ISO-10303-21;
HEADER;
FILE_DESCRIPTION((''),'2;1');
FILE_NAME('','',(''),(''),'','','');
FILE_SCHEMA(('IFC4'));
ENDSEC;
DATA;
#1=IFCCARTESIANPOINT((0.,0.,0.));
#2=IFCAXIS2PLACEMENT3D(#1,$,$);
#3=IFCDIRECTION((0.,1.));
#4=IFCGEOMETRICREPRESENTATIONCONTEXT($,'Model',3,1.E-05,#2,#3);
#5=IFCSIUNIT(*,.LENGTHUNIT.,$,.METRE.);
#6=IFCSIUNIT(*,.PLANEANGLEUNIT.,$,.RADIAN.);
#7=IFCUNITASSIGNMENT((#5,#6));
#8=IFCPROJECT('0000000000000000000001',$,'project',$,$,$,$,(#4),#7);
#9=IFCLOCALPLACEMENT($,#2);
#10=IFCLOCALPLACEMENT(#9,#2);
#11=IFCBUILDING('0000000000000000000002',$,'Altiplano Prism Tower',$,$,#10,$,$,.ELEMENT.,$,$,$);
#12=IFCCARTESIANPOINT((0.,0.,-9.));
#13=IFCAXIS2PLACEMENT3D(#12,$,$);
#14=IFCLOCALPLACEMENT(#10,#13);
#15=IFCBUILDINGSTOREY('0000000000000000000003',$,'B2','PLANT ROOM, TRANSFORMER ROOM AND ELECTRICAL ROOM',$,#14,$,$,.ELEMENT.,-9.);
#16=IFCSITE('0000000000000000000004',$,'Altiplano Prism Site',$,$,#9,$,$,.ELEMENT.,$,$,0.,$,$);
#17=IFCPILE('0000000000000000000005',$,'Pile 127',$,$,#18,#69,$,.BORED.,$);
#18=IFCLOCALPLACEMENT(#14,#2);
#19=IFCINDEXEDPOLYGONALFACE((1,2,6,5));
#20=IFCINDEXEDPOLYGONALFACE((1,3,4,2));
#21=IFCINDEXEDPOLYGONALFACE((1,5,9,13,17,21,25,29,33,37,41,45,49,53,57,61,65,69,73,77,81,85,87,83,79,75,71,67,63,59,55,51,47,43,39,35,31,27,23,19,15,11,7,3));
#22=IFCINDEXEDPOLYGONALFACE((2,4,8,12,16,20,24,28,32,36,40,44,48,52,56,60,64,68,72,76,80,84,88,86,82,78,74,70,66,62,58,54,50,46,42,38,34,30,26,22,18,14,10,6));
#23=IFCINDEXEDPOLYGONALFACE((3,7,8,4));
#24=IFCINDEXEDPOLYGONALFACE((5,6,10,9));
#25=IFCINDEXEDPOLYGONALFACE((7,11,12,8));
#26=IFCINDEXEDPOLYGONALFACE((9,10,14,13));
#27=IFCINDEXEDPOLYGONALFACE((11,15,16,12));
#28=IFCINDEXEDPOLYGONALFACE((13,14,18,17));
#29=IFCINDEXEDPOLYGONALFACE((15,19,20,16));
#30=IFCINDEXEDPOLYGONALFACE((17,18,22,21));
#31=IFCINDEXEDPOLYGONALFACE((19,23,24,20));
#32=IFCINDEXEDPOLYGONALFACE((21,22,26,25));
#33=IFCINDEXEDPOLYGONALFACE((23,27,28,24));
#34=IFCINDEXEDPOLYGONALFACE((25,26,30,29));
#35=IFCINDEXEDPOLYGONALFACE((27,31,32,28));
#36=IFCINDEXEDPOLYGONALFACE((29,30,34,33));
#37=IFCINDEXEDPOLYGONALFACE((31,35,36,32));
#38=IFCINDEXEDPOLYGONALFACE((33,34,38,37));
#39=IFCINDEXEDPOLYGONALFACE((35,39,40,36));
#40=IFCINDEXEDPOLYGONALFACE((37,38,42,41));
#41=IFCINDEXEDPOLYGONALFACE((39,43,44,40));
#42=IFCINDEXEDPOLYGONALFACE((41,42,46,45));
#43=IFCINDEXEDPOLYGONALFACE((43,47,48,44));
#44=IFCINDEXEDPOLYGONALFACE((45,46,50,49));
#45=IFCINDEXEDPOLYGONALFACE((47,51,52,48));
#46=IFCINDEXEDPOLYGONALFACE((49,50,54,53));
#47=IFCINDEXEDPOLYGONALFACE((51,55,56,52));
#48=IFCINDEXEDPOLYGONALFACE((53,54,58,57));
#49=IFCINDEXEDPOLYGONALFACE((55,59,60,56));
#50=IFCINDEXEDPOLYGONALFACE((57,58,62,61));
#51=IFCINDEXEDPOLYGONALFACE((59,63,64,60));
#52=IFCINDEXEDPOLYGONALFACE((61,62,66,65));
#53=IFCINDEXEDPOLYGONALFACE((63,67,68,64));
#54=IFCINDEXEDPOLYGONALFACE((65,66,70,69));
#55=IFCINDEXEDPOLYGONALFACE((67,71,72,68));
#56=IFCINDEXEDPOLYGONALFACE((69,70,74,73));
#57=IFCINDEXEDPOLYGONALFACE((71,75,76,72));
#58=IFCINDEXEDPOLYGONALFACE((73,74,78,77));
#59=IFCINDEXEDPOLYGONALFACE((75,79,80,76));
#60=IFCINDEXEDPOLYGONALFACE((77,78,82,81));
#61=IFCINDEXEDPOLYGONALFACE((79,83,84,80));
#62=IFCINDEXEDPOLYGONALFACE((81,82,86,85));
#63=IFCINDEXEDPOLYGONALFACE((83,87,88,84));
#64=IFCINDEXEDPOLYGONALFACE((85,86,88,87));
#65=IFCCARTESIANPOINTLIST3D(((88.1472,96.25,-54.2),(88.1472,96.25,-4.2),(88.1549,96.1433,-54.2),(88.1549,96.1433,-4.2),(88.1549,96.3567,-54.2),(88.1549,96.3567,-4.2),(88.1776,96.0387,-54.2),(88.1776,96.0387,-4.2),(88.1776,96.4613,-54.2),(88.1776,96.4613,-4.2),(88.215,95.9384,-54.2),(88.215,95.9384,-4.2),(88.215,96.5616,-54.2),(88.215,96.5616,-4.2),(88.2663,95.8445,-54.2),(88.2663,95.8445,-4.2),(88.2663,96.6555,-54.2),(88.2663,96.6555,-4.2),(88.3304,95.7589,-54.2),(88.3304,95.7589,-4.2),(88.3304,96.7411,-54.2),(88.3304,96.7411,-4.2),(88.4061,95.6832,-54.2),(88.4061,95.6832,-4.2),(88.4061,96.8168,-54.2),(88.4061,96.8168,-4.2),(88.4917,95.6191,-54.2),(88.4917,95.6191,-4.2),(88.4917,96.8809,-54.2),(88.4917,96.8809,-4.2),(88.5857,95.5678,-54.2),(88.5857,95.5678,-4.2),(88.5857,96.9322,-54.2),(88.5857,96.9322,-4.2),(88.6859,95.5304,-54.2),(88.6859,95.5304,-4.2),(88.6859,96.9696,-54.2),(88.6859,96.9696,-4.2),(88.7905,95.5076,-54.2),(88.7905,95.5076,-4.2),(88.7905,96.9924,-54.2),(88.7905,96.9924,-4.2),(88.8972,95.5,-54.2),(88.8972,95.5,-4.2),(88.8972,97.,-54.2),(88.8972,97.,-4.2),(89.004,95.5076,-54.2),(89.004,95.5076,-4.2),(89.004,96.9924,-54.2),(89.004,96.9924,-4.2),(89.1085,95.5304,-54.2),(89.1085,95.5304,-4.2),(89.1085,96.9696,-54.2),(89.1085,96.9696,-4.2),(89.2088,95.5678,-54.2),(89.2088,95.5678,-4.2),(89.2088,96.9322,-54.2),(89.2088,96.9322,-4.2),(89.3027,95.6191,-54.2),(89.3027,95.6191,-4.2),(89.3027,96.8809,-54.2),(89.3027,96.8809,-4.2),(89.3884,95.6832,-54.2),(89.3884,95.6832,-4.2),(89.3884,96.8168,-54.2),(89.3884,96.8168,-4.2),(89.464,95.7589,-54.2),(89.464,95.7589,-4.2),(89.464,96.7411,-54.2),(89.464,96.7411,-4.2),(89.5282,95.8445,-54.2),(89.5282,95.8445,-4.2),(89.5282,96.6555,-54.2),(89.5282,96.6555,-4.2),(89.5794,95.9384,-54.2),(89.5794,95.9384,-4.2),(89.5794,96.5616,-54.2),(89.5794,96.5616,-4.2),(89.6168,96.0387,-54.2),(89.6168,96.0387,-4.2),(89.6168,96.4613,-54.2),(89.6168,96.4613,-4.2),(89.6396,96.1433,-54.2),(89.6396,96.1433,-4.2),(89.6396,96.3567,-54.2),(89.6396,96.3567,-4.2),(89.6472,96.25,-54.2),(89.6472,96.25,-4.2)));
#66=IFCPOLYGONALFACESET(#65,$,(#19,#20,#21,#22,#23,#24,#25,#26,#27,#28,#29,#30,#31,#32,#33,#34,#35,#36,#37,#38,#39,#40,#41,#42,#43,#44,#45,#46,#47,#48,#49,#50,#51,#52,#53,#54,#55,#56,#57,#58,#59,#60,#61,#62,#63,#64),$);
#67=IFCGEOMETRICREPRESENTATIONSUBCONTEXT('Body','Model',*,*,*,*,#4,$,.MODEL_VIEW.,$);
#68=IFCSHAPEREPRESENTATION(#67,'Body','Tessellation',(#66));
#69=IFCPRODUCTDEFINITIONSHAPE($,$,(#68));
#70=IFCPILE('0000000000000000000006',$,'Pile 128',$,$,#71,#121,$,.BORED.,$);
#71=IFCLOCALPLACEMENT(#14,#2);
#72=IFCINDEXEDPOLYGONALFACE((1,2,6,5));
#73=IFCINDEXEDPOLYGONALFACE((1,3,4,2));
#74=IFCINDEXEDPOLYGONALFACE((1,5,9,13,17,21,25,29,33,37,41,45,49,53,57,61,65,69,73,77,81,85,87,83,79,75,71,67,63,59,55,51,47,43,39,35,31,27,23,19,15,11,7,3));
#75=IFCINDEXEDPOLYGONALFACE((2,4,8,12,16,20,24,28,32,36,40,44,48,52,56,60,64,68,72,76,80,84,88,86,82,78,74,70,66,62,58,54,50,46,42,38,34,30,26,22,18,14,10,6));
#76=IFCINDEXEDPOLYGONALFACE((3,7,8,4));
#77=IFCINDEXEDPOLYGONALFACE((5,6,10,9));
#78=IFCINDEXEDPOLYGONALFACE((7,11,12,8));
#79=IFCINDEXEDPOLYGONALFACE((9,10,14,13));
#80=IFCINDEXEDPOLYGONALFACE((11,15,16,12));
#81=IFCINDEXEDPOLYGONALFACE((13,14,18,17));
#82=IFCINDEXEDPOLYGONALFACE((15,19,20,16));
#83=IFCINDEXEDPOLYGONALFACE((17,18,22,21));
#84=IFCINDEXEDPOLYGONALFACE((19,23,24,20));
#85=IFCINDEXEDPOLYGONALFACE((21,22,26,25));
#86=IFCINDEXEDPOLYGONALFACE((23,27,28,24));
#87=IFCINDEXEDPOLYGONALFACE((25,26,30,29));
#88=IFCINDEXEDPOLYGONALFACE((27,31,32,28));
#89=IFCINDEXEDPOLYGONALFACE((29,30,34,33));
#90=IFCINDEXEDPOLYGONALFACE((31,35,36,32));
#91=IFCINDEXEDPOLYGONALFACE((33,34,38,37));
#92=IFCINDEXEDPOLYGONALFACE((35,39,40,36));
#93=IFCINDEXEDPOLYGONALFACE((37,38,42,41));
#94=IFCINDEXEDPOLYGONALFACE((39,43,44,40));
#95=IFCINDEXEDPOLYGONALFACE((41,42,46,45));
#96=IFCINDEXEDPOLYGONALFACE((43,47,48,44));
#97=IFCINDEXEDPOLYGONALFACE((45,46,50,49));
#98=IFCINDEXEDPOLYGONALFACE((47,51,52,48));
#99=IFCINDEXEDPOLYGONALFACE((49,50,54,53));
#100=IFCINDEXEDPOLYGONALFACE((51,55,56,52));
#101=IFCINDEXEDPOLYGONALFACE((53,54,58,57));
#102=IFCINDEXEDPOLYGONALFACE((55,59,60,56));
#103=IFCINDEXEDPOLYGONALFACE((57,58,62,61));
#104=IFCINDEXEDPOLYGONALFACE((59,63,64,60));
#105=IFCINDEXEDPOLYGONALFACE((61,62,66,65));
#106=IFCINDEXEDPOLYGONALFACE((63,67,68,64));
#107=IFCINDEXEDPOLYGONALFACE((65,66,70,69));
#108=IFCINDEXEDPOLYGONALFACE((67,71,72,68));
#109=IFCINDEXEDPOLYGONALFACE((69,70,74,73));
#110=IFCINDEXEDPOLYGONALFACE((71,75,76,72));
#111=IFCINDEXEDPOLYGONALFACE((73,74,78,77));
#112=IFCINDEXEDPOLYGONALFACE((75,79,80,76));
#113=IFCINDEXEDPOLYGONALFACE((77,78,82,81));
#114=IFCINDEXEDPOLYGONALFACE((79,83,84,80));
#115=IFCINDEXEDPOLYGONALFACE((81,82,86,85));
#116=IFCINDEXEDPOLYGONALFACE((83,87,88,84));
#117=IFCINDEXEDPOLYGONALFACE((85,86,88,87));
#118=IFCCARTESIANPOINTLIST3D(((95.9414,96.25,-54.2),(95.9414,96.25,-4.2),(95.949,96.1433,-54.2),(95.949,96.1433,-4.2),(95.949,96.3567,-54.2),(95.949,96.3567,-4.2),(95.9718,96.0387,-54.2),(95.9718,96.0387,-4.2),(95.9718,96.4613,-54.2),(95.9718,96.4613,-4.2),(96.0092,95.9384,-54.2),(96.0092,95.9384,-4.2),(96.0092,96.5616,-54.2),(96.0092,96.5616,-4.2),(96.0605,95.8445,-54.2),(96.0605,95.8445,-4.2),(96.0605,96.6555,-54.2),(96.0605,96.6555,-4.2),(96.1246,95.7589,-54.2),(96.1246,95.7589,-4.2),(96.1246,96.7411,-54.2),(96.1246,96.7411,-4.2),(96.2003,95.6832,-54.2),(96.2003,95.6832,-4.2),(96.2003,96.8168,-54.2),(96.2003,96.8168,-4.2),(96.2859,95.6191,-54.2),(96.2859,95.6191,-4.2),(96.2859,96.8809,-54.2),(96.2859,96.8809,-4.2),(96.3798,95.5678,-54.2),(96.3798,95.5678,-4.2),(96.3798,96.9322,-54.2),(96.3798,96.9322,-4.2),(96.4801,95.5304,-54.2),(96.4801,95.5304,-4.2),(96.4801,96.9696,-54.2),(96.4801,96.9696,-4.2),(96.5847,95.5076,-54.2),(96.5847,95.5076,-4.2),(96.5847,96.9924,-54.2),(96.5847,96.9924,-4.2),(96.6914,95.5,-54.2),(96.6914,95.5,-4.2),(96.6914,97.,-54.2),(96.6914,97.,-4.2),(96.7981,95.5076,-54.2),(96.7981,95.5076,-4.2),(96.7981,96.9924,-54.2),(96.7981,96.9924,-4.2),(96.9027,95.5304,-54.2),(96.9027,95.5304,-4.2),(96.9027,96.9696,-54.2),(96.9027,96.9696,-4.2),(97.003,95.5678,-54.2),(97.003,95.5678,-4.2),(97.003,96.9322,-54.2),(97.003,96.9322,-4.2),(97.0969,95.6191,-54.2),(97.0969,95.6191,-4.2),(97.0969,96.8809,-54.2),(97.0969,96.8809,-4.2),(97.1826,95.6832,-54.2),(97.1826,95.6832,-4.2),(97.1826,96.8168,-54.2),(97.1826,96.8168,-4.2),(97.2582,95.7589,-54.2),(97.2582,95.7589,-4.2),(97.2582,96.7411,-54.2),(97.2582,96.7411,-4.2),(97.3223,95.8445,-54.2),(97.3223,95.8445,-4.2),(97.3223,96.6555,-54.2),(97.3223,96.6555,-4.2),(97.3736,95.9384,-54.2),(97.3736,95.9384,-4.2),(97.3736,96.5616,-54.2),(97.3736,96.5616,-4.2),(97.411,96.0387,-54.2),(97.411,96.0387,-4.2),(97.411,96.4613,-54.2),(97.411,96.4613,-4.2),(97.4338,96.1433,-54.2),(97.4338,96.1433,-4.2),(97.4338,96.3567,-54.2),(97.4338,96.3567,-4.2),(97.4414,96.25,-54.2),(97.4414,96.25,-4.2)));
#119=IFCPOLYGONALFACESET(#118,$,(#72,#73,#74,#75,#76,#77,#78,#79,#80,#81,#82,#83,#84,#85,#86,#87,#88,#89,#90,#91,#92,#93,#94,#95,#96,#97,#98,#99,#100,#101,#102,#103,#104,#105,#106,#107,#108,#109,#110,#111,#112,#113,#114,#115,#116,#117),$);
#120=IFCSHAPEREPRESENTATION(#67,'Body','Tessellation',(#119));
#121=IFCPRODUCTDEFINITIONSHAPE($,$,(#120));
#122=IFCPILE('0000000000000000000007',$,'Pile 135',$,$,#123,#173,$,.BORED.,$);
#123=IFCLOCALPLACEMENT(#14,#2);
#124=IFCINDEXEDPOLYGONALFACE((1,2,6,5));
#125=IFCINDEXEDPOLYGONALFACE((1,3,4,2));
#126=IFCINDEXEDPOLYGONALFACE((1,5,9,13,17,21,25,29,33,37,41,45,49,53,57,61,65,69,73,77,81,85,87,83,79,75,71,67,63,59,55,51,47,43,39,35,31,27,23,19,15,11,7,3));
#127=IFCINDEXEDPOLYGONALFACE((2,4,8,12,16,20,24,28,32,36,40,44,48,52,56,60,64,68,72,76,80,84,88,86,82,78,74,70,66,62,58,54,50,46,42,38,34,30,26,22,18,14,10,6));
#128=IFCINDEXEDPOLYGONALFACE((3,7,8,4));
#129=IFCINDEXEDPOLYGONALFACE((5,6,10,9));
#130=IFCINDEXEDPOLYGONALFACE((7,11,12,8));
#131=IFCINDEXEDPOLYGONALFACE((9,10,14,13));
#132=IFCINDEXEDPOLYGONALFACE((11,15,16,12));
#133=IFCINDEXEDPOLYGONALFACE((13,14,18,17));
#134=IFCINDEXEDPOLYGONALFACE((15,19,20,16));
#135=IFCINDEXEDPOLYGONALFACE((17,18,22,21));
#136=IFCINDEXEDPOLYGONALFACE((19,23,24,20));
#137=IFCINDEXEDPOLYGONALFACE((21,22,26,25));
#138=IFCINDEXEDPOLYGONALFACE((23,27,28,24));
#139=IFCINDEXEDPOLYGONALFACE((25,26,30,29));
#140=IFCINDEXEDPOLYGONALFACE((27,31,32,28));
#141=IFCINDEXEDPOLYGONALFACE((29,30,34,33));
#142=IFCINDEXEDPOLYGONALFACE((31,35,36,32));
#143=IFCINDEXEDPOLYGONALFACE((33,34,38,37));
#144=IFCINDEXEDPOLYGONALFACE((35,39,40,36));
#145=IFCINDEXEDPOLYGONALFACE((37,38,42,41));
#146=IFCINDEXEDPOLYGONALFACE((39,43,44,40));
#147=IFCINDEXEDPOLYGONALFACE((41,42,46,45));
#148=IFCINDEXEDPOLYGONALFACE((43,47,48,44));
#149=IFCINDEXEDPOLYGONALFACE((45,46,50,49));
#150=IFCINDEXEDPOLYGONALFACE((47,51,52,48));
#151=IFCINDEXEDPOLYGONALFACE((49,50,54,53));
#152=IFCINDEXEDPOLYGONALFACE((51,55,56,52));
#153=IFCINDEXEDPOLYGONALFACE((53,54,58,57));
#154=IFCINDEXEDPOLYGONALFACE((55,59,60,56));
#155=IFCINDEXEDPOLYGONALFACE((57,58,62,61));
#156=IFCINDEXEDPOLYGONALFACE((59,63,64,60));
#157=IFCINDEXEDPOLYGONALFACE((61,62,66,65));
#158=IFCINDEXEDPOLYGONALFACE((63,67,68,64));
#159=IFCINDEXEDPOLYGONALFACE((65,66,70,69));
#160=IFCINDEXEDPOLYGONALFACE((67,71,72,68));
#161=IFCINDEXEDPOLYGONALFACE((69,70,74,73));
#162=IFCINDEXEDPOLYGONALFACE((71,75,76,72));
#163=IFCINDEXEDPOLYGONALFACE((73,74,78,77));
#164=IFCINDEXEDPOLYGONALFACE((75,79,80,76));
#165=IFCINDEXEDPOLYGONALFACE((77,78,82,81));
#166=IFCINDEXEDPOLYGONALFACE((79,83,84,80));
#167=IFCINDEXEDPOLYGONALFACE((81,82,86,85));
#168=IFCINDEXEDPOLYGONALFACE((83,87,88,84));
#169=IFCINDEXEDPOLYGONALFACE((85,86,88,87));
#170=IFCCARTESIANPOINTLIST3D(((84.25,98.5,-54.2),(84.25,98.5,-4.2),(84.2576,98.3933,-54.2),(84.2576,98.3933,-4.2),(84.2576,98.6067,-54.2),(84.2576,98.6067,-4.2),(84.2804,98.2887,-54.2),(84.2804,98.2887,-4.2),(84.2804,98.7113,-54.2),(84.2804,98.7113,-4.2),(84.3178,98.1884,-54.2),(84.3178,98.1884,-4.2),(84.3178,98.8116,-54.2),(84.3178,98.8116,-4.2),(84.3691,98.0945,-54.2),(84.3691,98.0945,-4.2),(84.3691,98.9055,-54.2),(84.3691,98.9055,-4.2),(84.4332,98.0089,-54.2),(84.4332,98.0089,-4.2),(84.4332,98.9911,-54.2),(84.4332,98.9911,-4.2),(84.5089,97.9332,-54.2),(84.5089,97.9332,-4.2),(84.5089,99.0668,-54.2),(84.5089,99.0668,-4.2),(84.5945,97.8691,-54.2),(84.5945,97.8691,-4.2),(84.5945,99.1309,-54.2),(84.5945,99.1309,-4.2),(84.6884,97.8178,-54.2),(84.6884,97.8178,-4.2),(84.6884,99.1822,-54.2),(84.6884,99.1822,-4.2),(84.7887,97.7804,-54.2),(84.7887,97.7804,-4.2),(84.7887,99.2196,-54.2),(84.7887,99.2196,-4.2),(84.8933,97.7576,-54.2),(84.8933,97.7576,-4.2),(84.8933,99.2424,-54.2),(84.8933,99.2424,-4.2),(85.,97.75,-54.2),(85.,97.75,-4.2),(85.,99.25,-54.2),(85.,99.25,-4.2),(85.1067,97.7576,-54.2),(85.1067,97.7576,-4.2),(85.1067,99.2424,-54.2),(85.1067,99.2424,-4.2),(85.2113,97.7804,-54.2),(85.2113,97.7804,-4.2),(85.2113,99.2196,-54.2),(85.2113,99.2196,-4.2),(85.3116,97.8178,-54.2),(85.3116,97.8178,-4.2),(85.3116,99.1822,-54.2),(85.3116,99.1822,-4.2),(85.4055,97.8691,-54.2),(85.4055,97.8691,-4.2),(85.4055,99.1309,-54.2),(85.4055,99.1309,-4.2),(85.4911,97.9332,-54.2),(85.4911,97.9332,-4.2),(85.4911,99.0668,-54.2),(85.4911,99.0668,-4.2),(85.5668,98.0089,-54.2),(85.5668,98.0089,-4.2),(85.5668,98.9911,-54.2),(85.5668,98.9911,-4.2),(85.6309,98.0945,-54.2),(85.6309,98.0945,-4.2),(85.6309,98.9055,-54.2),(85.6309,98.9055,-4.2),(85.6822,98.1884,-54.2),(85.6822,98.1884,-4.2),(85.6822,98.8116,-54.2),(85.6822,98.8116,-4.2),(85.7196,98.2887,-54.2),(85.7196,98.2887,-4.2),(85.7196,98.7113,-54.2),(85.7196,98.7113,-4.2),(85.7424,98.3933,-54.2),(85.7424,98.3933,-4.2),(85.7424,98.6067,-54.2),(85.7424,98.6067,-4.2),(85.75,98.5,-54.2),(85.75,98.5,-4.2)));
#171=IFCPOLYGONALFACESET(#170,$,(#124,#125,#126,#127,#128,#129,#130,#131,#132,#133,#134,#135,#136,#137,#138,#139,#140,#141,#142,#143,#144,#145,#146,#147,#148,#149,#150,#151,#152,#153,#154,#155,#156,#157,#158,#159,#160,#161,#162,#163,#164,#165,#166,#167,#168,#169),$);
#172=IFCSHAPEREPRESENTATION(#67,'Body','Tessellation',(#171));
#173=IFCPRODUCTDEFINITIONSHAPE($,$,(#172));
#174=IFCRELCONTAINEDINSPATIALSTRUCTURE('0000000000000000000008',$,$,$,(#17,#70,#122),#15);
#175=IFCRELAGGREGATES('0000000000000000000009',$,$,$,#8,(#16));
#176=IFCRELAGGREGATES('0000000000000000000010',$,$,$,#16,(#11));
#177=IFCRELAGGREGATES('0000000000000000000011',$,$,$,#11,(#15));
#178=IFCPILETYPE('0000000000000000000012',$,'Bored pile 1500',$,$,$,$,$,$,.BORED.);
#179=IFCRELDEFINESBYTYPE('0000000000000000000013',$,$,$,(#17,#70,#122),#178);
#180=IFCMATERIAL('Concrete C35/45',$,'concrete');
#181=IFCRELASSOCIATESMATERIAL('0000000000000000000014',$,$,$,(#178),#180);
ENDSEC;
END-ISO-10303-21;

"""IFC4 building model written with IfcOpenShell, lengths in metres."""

from ifc_helpers import new_model, si_unit, direction, frame, origin, origin_2d, place, context, subcontext, project, spatial, circle, extrude, material, material_profile, profile_set, type_object, element, save


model = new_model("IFC4")

# Units and contexts
model_context = context("Model", 3, precision=1e-05, world=origin(), true_north=direction((0.0, 1.0)))
body_context = subcontext(model_context, "Body", "Model", "MODEL_VIEW")
ifc_project = project(units=[si_unit("LENGTHUNIT", "METRE"), si_unit("PLANEANGLEUNIT", "RADIAN")], contexts=[model_context])

# Site, building, storey
site_placement = place(None, origin())
site = spatial("IfcSite", under=ifc_project, at=site_placement, Name="Altiplano Prism Site", CompositionType="ELEMENT", RefElevation=0.0)
building_placement = place(site_placement, origin())
building = spatial("IfcBuilding", under=site, at=building_placement, Name="Altiplano Prism Tower", CompositionType="ELEMENT")
storey_placement = place(building_placement, frame((0.0, 0.0, -9.0)))
storey = spatial("IfcBuildingStorey", under=building, at=storey_placement, Name="B2", Description="PLANT ROOM, TRANSFORMER ROOM AND ELECTRICAL ROOM", CompositionType="ELEMENT", Elevation=-9.0)

# Piles
ifc_material_1 = material(Name="Concrete C35/45", Category="concrete")
ifc_material_profile = material_profile(ifc_material_1, circle(Radius=0.75, at=origin_2d()), Name="Bored pile 1500")
ifc_profile_set = profile_set([ifc_material_profile], Name="Concrete C35/45")
pile_type = type_object("IfcPileType", Name="Bored pile 1500", PredefinedType="BORED", material=ifc_profile_set)
for number, where, z_axis, x_axis, name in (
    (1, (88.8972, 96.25, -4.2), (0.0, 0.0, -1.0), (1.0, 0.0, 0.0), "Pile 127"),
    (2, (96.6914, 96.25, -4.2), (0.0, 0.0, -1.0), (1.0, 0.0, 0.0), "Pile 128"),
    (3, (85.0, 98.5, -4.2), (0.0, 0.0, -1.0), (1.0, 0.0, 0.0), "Pile 135"),
):
    element("IfcPile", number, at=place(storey_placement, frame(where, z_axis=z_axis, x_axis=x_axis)), inside=storey, type_object=pile_type, Name=name, PredefinedType="BORED", context=body_context, shape_type="SweptSolid", body=[
        extrude(circle(Radius=0.75, at=origin_2d()), origin(), (0.0, 0.0, 1.0), 50.0),
    ])

save(model, "model.ifc")
